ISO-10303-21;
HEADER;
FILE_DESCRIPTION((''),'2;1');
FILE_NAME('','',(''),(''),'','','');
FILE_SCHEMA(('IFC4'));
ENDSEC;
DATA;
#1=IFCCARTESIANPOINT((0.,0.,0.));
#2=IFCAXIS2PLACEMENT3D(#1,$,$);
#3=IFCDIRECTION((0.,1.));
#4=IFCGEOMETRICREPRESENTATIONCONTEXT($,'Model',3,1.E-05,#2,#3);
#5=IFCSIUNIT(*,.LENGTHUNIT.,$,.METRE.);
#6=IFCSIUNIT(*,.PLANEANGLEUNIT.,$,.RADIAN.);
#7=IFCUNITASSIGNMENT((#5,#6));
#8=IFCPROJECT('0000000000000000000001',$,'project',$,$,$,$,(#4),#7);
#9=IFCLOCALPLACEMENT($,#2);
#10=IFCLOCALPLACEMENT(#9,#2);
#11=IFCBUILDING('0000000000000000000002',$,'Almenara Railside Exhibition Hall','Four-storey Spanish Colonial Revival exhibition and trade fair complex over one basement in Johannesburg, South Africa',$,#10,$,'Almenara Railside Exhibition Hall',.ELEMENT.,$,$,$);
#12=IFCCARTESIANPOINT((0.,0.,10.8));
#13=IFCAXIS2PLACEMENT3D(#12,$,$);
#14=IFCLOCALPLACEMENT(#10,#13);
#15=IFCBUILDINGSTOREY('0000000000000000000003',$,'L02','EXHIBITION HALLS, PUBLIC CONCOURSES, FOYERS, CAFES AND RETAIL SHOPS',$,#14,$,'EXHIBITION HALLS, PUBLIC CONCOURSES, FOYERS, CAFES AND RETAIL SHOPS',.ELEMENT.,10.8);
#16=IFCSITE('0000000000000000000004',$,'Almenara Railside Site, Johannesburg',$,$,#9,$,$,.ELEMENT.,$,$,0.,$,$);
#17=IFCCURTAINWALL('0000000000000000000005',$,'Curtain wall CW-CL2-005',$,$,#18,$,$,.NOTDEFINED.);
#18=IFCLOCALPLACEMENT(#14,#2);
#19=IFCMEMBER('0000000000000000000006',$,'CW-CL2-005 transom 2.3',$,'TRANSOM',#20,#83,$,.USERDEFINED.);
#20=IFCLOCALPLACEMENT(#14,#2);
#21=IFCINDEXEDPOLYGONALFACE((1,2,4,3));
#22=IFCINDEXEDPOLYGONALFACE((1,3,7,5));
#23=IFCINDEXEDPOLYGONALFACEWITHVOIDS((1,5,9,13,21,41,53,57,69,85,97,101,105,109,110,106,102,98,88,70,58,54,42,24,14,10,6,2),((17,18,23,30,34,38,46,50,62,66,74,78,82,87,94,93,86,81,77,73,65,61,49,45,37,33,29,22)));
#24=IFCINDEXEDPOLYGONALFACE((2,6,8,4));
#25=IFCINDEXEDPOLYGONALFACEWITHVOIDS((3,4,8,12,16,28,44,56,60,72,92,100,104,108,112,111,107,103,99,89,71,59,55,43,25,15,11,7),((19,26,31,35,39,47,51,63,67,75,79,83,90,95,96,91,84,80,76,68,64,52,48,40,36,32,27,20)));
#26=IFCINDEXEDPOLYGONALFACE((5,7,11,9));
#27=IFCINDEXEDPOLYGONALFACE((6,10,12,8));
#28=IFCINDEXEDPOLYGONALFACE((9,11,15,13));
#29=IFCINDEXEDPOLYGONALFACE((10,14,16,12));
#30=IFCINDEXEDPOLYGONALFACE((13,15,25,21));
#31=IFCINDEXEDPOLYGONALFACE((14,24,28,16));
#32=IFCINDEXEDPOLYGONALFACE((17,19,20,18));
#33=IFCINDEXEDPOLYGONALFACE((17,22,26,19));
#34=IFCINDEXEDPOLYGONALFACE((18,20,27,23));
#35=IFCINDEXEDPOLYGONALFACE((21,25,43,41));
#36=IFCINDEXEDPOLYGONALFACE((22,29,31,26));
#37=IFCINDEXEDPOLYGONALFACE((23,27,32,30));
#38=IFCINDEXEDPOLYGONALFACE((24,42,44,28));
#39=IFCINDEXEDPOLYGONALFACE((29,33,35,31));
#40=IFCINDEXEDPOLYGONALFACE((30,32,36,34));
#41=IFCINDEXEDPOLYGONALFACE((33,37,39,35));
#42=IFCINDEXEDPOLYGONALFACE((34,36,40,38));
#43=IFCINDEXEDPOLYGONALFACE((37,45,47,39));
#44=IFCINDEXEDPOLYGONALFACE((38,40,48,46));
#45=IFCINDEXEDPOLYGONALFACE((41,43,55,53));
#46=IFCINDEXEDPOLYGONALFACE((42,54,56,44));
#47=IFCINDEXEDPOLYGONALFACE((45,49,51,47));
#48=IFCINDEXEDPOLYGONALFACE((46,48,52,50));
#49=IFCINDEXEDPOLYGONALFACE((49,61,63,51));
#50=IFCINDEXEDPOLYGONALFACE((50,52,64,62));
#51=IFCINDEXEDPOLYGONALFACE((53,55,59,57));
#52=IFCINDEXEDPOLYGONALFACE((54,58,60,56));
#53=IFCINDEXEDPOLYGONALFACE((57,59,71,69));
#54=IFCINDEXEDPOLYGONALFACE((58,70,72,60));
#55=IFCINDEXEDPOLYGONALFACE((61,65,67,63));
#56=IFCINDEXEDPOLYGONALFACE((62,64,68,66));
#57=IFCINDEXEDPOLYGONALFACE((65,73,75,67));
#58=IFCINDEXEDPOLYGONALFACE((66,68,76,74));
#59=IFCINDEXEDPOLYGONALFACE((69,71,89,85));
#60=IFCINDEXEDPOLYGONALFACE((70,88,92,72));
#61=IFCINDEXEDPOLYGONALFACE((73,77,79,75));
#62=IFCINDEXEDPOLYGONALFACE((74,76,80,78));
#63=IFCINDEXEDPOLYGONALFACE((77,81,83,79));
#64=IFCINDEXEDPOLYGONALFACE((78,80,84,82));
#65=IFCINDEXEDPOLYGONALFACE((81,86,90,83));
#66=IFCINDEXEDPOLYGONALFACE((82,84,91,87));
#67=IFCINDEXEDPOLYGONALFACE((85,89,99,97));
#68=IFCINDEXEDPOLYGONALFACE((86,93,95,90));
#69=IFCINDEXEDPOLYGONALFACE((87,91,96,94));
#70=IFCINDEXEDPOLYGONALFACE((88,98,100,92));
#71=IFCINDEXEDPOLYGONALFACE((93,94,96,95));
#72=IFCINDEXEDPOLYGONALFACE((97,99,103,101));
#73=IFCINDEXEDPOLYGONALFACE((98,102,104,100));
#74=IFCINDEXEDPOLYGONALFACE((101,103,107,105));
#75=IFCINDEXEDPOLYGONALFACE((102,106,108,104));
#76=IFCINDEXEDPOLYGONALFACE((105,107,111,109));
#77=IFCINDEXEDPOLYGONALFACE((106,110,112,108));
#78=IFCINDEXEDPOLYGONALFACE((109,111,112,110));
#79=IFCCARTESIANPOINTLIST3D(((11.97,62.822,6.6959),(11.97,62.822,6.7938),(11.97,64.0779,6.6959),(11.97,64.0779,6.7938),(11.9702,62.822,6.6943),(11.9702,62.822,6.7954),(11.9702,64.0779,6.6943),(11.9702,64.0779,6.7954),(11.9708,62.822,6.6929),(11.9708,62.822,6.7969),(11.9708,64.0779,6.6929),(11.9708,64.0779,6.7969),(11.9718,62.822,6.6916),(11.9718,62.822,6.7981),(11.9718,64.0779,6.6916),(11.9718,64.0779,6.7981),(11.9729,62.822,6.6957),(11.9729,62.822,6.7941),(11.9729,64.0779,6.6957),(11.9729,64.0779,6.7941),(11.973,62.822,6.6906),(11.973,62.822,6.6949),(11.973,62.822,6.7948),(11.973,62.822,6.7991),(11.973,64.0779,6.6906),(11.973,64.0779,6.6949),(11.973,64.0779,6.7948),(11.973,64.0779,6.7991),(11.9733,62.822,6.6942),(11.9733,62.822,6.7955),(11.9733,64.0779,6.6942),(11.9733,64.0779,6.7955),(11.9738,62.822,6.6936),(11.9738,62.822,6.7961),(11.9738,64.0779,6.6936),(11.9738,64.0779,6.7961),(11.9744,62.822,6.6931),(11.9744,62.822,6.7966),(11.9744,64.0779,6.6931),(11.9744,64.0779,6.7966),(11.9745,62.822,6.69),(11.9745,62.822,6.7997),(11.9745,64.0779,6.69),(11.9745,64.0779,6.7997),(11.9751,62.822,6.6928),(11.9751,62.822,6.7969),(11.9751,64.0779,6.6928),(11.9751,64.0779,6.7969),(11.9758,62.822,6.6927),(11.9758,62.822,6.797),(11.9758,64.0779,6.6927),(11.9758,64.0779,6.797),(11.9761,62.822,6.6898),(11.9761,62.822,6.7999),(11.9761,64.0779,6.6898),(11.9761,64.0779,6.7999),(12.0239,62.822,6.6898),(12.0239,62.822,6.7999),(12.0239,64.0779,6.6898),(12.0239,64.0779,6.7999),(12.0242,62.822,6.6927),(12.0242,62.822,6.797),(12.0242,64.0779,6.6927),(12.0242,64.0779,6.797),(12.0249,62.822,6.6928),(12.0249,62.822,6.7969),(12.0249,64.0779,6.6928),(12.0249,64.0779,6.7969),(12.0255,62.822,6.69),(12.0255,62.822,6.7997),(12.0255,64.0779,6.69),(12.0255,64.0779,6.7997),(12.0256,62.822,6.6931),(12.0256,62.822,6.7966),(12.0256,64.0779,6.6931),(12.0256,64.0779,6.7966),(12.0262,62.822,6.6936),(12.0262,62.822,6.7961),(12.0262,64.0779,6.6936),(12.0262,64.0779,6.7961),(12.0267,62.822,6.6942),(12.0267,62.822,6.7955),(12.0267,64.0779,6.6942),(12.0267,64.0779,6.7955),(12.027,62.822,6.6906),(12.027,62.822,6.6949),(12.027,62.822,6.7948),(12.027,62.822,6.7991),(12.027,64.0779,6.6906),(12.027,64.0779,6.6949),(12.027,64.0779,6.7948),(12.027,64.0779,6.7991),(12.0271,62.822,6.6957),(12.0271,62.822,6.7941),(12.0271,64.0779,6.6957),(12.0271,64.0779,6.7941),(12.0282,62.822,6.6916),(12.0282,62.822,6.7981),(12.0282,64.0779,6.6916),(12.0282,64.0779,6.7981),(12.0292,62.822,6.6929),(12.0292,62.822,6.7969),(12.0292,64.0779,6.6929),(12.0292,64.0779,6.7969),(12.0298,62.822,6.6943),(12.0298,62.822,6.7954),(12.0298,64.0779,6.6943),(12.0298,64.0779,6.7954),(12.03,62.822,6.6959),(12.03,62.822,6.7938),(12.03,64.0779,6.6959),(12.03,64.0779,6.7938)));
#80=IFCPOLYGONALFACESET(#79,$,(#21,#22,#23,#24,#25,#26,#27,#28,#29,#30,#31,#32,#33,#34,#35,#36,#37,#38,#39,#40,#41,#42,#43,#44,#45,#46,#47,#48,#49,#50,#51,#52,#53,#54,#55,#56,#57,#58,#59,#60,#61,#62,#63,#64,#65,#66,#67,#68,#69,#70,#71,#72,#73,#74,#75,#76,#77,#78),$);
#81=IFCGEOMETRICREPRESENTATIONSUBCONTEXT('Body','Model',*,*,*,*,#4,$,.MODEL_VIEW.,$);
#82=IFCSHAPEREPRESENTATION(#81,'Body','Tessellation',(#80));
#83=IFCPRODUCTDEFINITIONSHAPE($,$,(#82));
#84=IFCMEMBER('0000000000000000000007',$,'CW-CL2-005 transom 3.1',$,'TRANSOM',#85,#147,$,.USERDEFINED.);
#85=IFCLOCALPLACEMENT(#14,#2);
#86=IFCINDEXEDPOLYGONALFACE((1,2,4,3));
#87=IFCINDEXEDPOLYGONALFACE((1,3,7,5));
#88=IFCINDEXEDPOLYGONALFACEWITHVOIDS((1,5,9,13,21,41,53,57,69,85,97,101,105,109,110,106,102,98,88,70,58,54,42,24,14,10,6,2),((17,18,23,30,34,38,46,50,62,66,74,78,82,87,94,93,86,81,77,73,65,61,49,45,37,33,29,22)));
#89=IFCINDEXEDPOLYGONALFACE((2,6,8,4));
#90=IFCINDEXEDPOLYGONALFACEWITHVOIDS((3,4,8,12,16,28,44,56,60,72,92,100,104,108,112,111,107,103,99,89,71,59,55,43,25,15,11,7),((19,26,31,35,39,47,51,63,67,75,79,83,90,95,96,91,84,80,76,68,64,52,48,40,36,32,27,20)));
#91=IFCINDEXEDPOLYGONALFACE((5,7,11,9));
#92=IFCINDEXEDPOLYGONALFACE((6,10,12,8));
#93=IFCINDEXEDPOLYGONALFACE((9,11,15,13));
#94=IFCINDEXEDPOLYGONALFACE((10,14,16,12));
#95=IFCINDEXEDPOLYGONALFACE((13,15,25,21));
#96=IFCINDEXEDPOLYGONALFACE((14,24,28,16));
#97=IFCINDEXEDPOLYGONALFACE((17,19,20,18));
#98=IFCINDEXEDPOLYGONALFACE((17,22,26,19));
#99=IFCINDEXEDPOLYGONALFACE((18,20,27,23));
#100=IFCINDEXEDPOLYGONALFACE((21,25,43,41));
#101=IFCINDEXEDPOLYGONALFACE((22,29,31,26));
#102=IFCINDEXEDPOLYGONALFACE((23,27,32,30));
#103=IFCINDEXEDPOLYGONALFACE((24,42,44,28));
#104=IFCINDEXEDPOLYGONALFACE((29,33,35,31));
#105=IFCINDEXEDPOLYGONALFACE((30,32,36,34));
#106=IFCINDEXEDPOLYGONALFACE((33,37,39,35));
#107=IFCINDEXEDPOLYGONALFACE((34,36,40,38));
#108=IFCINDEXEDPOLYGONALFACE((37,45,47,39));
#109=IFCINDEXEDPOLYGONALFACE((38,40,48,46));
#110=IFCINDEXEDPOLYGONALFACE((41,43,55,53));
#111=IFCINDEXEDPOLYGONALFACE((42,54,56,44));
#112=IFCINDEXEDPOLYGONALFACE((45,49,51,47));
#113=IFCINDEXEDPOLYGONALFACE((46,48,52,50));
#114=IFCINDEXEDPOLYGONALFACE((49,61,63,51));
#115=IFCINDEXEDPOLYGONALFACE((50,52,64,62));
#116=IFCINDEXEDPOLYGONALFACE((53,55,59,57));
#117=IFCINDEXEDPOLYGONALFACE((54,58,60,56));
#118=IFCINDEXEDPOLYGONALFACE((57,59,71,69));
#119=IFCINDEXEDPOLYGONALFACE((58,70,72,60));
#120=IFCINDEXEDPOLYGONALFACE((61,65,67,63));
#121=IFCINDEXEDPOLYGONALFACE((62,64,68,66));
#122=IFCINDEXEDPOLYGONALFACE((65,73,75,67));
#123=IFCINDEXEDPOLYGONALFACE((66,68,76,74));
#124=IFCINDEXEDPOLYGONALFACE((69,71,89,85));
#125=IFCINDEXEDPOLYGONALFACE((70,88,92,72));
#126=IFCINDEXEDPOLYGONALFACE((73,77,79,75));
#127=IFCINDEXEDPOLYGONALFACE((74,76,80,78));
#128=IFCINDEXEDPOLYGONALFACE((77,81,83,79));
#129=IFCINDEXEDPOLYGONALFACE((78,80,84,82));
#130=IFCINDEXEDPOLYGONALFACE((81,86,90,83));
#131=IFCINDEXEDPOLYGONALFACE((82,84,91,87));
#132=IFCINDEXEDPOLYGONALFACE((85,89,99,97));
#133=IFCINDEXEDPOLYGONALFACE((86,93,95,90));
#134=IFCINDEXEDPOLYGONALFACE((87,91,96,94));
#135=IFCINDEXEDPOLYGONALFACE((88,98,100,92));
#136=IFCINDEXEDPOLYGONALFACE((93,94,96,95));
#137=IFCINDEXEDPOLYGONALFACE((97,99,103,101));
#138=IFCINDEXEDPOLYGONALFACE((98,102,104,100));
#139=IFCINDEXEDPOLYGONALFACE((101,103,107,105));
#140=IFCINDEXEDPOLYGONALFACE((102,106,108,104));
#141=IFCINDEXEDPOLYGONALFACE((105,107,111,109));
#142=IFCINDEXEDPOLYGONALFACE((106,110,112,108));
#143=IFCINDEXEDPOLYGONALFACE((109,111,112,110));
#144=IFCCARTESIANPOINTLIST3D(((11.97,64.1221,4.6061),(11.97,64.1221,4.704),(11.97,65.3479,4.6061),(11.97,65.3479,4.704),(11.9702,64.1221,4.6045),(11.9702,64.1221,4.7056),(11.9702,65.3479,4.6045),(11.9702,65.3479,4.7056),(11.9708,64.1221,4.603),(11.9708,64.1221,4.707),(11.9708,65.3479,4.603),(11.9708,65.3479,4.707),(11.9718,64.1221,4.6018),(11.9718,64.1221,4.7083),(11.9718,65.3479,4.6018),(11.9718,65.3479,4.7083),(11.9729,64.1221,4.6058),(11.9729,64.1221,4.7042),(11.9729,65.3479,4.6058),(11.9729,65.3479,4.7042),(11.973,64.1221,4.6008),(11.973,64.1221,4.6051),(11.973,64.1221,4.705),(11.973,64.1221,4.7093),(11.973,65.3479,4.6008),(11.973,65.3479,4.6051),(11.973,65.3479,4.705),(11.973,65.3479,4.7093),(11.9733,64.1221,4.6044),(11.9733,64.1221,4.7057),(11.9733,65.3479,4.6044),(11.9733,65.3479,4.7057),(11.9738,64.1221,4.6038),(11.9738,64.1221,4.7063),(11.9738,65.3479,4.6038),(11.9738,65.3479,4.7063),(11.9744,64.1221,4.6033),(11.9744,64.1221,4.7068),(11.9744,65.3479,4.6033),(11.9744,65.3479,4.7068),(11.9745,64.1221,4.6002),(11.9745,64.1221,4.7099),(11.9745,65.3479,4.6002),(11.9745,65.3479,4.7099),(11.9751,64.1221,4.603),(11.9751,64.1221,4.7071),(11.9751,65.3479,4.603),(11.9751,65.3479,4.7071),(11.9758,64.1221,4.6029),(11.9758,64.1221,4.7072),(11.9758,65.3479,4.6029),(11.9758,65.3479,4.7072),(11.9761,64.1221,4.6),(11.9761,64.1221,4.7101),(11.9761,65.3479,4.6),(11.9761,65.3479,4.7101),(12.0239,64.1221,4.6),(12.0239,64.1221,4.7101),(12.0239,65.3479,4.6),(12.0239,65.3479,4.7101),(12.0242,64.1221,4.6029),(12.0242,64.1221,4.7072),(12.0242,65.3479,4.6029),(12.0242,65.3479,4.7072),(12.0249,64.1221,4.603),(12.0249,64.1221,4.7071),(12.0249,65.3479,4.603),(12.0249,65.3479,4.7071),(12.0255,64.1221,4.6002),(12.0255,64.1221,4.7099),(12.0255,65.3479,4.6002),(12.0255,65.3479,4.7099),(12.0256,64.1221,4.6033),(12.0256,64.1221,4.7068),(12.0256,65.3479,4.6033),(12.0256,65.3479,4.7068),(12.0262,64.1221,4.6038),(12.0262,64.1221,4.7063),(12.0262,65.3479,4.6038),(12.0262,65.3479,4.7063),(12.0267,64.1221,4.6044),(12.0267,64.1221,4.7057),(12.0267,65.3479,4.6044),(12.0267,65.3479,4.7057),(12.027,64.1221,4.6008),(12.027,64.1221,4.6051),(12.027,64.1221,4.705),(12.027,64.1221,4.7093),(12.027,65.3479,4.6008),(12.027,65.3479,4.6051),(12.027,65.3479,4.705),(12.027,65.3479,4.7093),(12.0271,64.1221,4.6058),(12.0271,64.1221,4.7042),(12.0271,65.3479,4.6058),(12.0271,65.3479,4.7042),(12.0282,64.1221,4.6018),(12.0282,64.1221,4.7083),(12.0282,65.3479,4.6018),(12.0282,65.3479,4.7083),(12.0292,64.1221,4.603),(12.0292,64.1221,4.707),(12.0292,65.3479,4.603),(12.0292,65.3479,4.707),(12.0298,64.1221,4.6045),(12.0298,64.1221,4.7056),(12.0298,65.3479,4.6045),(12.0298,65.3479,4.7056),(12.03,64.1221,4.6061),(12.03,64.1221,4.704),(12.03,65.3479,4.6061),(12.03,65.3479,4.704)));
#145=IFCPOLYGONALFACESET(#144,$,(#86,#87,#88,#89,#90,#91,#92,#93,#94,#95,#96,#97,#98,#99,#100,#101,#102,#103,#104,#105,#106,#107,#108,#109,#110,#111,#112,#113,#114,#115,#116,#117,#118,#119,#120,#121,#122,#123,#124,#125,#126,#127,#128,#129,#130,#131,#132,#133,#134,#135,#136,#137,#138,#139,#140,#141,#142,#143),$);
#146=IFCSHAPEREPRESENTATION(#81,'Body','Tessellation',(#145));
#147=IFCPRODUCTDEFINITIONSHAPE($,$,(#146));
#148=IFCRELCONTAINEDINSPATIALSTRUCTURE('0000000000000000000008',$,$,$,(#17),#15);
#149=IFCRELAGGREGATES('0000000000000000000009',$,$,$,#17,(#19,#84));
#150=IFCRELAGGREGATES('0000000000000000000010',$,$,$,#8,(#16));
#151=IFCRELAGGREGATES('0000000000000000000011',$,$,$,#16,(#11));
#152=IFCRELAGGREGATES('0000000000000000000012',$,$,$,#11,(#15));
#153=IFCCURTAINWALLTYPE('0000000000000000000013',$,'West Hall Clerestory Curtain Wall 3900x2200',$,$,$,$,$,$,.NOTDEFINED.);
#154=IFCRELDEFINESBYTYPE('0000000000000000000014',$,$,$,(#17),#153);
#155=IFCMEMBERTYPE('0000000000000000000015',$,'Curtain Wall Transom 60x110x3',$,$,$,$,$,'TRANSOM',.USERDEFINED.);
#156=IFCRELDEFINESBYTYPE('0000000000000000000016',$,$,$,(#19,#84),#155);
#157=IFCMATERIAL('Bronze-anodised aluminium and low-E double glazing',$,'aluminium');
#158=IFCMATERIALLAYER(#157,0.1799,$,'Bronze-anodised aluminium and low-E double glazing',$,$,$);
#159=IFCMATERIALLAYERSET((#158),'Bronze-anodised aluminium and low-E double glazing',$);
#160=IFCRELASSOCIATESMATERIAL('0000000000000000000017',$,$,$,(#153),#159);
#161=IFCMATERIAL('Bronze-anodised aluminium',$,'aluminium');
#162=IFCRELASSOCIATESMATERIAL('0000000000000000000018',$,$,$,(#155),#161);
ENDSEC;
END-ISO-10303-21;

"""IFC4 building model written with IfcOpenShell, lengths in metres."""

from ifc_helpers import new_model, si_unit, direction, frame, origin, origin_2d, place, context, subcontext, project, spatial, hollow_rectangle, extrude, material, layer, layer_set, material_profile, profile_set, type_object, element, aggregate, save


model = new_model("IFC4")

# Units and contexts
model_context = context("Model", 3, precision=1e-05, world=origin(), true_north=direction((0.0, 1.0)))
body_context = subcontext(model_context, "Body", "Model", "MODEL_VIEW")
ifc_project = project(units=[si_unit("LENGTHUNIT", "METRE"), si_unit("PLANEANGLEUNIT", "RADIAN")], contexts=[model_context])

# Site, building, storey
site_placement = place(None, origin())
site = spatial("IfcSite", under=ifc_project, at=site_placement, Name="Almenara Railside Site, Johannesburg", CompositionType="ELEMENT", RefElevation=0.0)
building_placement = place(site_placement, origin())
building = spatial("IfcBuilding", under=site, at=building_placement, Name="Almenara Railside Exhibition Hall", Description="Four-storey Spanish Colonial Revival exhibition and trade fair complex over one basement in Johannesburg, South Africa", LongName="Almenara Railside Exhibition Hall", CompositionType="ELEMENT")
storey_placement = place(building_placement, frame((0.0, 0.0, 10.8)))
storey = spatial("IfcBuildingStorey", under=building, at=storey_placement, Name="L02", Description="EXHIBITION HALLS, PUBLIC CONCOURSES, FOYERS, CAFES AND RETAIL SHOPS", LongName="EXHIBITION HALLS, PUBLIC CONCOURSES, FOYERS, CAFES AND RETAIL SHOPS", CompositionType="ELEMENT", Elevation=10.8)

# Curtain wall
ifc_material_1 = material(Name="Bronze-anodised aluminium and low-E double glazing", Category="aluminium")
ifc_layer_1 = layer(ifc_material_1, 0.1799, Name="Bronze-anodised aluminium and low-E double glazing")
ifc_layer_set_1 = layer_set([ifc_layer_1], Name="Bronze-anodised aluminium and low-E double glazing")
curtain_wall_type = type_object("IfcCurtainWallType", Name="West Hall Clerestory Curtain Wall 3900x2200", PredefinedType="NOTDEFINED", material=ifc_layer_set_1)
ifc_material_2 = material(Name="Bronze-anodised aluminium", Category="aluminium")
curtain_wall_1_placement = place(storey_placement, origin())
curtain_wall_1 = element("IfcCurtainWall", 1, at=curtain_wall_1_placement, inside=storey, type_object=curtain_wall_type, Name="Curtain wall CW-CL2-005", PredefinedType="NOTDEFINED")

# Members
ifc_material_profile_1 = material_profile(ifc_material_2, hollow_rectangle(XDim=0.0601, YDim=0.1101, WallThickness=0.0029, InnerFilletRadius=0.0029, OuterFilletRadius=0.0061, at=origin_2d()), Name="ALU-TRN 60x110x3")
ifc_profile_set_1 = profile_set([ifc_material_profile_1], Name="Bronze-anodised aluminium")
member_type_1 = type_object("IfcMemberType", Name="Curtain Wall Transom 60x110x3", ElementType="TRANSOM", PredefinedType="USERDEFINED", material=ifc_profile_set_1)
member_1_placement = place(storey_placement, frame((12.0, 62.822, 6.7449), z_axis=(0.0, 1.0, 0.0), x_axis=(-1.0, 0.0, 0.0)))
member_1 = element("IfcMember", 2, at=member_1_placement, type_object=member_type_1, Name="CW-CL2-005 transom 2.3", ObjectType="TRANSOM", PredefinedType="USERDEFINED", context=body_context, shape_type="SweptSolid", body=[
    extrude(hollow_rectangle(XDim=0.0601, YDim=0.1101, WallThickness=0.0029, InnerFilletRadius=0.0029, OuterFilletRadius=0.0061, at=origin_2d()), origin(), (0.0, 0.0, 1.0), 1.2559),
])
member_2_placement = place(storey_placement, frame((12.0, 64.1221, 4.655), z_axis=(0.0, 1.0, 0.0), x_axis=(-1.0, 0.0, 0.0)))
member_2 = element("IfcMember", 3, at=member_2_placement, type_object=member_type_1, Name="CW-CL2-005 transom 3.1", ObjectType="TRANSOM", PredefinedType="USERDEFINED", context=body_context, shape_type="SweptSolid", body=[
    extrude(hollow_rectangle(XDim=0.0601, YDim=0.1101, WallThickness=0.0029, InnerFilletRadius=0.0029, OuterFilletRadius=0.0061, at=origin_2d()), origin(), (0.0, 0.0, 1.0), 1.2258),
])

aggregate(curtain_wall_1, [member_1, member_2])

save(model, "model.ifc")
